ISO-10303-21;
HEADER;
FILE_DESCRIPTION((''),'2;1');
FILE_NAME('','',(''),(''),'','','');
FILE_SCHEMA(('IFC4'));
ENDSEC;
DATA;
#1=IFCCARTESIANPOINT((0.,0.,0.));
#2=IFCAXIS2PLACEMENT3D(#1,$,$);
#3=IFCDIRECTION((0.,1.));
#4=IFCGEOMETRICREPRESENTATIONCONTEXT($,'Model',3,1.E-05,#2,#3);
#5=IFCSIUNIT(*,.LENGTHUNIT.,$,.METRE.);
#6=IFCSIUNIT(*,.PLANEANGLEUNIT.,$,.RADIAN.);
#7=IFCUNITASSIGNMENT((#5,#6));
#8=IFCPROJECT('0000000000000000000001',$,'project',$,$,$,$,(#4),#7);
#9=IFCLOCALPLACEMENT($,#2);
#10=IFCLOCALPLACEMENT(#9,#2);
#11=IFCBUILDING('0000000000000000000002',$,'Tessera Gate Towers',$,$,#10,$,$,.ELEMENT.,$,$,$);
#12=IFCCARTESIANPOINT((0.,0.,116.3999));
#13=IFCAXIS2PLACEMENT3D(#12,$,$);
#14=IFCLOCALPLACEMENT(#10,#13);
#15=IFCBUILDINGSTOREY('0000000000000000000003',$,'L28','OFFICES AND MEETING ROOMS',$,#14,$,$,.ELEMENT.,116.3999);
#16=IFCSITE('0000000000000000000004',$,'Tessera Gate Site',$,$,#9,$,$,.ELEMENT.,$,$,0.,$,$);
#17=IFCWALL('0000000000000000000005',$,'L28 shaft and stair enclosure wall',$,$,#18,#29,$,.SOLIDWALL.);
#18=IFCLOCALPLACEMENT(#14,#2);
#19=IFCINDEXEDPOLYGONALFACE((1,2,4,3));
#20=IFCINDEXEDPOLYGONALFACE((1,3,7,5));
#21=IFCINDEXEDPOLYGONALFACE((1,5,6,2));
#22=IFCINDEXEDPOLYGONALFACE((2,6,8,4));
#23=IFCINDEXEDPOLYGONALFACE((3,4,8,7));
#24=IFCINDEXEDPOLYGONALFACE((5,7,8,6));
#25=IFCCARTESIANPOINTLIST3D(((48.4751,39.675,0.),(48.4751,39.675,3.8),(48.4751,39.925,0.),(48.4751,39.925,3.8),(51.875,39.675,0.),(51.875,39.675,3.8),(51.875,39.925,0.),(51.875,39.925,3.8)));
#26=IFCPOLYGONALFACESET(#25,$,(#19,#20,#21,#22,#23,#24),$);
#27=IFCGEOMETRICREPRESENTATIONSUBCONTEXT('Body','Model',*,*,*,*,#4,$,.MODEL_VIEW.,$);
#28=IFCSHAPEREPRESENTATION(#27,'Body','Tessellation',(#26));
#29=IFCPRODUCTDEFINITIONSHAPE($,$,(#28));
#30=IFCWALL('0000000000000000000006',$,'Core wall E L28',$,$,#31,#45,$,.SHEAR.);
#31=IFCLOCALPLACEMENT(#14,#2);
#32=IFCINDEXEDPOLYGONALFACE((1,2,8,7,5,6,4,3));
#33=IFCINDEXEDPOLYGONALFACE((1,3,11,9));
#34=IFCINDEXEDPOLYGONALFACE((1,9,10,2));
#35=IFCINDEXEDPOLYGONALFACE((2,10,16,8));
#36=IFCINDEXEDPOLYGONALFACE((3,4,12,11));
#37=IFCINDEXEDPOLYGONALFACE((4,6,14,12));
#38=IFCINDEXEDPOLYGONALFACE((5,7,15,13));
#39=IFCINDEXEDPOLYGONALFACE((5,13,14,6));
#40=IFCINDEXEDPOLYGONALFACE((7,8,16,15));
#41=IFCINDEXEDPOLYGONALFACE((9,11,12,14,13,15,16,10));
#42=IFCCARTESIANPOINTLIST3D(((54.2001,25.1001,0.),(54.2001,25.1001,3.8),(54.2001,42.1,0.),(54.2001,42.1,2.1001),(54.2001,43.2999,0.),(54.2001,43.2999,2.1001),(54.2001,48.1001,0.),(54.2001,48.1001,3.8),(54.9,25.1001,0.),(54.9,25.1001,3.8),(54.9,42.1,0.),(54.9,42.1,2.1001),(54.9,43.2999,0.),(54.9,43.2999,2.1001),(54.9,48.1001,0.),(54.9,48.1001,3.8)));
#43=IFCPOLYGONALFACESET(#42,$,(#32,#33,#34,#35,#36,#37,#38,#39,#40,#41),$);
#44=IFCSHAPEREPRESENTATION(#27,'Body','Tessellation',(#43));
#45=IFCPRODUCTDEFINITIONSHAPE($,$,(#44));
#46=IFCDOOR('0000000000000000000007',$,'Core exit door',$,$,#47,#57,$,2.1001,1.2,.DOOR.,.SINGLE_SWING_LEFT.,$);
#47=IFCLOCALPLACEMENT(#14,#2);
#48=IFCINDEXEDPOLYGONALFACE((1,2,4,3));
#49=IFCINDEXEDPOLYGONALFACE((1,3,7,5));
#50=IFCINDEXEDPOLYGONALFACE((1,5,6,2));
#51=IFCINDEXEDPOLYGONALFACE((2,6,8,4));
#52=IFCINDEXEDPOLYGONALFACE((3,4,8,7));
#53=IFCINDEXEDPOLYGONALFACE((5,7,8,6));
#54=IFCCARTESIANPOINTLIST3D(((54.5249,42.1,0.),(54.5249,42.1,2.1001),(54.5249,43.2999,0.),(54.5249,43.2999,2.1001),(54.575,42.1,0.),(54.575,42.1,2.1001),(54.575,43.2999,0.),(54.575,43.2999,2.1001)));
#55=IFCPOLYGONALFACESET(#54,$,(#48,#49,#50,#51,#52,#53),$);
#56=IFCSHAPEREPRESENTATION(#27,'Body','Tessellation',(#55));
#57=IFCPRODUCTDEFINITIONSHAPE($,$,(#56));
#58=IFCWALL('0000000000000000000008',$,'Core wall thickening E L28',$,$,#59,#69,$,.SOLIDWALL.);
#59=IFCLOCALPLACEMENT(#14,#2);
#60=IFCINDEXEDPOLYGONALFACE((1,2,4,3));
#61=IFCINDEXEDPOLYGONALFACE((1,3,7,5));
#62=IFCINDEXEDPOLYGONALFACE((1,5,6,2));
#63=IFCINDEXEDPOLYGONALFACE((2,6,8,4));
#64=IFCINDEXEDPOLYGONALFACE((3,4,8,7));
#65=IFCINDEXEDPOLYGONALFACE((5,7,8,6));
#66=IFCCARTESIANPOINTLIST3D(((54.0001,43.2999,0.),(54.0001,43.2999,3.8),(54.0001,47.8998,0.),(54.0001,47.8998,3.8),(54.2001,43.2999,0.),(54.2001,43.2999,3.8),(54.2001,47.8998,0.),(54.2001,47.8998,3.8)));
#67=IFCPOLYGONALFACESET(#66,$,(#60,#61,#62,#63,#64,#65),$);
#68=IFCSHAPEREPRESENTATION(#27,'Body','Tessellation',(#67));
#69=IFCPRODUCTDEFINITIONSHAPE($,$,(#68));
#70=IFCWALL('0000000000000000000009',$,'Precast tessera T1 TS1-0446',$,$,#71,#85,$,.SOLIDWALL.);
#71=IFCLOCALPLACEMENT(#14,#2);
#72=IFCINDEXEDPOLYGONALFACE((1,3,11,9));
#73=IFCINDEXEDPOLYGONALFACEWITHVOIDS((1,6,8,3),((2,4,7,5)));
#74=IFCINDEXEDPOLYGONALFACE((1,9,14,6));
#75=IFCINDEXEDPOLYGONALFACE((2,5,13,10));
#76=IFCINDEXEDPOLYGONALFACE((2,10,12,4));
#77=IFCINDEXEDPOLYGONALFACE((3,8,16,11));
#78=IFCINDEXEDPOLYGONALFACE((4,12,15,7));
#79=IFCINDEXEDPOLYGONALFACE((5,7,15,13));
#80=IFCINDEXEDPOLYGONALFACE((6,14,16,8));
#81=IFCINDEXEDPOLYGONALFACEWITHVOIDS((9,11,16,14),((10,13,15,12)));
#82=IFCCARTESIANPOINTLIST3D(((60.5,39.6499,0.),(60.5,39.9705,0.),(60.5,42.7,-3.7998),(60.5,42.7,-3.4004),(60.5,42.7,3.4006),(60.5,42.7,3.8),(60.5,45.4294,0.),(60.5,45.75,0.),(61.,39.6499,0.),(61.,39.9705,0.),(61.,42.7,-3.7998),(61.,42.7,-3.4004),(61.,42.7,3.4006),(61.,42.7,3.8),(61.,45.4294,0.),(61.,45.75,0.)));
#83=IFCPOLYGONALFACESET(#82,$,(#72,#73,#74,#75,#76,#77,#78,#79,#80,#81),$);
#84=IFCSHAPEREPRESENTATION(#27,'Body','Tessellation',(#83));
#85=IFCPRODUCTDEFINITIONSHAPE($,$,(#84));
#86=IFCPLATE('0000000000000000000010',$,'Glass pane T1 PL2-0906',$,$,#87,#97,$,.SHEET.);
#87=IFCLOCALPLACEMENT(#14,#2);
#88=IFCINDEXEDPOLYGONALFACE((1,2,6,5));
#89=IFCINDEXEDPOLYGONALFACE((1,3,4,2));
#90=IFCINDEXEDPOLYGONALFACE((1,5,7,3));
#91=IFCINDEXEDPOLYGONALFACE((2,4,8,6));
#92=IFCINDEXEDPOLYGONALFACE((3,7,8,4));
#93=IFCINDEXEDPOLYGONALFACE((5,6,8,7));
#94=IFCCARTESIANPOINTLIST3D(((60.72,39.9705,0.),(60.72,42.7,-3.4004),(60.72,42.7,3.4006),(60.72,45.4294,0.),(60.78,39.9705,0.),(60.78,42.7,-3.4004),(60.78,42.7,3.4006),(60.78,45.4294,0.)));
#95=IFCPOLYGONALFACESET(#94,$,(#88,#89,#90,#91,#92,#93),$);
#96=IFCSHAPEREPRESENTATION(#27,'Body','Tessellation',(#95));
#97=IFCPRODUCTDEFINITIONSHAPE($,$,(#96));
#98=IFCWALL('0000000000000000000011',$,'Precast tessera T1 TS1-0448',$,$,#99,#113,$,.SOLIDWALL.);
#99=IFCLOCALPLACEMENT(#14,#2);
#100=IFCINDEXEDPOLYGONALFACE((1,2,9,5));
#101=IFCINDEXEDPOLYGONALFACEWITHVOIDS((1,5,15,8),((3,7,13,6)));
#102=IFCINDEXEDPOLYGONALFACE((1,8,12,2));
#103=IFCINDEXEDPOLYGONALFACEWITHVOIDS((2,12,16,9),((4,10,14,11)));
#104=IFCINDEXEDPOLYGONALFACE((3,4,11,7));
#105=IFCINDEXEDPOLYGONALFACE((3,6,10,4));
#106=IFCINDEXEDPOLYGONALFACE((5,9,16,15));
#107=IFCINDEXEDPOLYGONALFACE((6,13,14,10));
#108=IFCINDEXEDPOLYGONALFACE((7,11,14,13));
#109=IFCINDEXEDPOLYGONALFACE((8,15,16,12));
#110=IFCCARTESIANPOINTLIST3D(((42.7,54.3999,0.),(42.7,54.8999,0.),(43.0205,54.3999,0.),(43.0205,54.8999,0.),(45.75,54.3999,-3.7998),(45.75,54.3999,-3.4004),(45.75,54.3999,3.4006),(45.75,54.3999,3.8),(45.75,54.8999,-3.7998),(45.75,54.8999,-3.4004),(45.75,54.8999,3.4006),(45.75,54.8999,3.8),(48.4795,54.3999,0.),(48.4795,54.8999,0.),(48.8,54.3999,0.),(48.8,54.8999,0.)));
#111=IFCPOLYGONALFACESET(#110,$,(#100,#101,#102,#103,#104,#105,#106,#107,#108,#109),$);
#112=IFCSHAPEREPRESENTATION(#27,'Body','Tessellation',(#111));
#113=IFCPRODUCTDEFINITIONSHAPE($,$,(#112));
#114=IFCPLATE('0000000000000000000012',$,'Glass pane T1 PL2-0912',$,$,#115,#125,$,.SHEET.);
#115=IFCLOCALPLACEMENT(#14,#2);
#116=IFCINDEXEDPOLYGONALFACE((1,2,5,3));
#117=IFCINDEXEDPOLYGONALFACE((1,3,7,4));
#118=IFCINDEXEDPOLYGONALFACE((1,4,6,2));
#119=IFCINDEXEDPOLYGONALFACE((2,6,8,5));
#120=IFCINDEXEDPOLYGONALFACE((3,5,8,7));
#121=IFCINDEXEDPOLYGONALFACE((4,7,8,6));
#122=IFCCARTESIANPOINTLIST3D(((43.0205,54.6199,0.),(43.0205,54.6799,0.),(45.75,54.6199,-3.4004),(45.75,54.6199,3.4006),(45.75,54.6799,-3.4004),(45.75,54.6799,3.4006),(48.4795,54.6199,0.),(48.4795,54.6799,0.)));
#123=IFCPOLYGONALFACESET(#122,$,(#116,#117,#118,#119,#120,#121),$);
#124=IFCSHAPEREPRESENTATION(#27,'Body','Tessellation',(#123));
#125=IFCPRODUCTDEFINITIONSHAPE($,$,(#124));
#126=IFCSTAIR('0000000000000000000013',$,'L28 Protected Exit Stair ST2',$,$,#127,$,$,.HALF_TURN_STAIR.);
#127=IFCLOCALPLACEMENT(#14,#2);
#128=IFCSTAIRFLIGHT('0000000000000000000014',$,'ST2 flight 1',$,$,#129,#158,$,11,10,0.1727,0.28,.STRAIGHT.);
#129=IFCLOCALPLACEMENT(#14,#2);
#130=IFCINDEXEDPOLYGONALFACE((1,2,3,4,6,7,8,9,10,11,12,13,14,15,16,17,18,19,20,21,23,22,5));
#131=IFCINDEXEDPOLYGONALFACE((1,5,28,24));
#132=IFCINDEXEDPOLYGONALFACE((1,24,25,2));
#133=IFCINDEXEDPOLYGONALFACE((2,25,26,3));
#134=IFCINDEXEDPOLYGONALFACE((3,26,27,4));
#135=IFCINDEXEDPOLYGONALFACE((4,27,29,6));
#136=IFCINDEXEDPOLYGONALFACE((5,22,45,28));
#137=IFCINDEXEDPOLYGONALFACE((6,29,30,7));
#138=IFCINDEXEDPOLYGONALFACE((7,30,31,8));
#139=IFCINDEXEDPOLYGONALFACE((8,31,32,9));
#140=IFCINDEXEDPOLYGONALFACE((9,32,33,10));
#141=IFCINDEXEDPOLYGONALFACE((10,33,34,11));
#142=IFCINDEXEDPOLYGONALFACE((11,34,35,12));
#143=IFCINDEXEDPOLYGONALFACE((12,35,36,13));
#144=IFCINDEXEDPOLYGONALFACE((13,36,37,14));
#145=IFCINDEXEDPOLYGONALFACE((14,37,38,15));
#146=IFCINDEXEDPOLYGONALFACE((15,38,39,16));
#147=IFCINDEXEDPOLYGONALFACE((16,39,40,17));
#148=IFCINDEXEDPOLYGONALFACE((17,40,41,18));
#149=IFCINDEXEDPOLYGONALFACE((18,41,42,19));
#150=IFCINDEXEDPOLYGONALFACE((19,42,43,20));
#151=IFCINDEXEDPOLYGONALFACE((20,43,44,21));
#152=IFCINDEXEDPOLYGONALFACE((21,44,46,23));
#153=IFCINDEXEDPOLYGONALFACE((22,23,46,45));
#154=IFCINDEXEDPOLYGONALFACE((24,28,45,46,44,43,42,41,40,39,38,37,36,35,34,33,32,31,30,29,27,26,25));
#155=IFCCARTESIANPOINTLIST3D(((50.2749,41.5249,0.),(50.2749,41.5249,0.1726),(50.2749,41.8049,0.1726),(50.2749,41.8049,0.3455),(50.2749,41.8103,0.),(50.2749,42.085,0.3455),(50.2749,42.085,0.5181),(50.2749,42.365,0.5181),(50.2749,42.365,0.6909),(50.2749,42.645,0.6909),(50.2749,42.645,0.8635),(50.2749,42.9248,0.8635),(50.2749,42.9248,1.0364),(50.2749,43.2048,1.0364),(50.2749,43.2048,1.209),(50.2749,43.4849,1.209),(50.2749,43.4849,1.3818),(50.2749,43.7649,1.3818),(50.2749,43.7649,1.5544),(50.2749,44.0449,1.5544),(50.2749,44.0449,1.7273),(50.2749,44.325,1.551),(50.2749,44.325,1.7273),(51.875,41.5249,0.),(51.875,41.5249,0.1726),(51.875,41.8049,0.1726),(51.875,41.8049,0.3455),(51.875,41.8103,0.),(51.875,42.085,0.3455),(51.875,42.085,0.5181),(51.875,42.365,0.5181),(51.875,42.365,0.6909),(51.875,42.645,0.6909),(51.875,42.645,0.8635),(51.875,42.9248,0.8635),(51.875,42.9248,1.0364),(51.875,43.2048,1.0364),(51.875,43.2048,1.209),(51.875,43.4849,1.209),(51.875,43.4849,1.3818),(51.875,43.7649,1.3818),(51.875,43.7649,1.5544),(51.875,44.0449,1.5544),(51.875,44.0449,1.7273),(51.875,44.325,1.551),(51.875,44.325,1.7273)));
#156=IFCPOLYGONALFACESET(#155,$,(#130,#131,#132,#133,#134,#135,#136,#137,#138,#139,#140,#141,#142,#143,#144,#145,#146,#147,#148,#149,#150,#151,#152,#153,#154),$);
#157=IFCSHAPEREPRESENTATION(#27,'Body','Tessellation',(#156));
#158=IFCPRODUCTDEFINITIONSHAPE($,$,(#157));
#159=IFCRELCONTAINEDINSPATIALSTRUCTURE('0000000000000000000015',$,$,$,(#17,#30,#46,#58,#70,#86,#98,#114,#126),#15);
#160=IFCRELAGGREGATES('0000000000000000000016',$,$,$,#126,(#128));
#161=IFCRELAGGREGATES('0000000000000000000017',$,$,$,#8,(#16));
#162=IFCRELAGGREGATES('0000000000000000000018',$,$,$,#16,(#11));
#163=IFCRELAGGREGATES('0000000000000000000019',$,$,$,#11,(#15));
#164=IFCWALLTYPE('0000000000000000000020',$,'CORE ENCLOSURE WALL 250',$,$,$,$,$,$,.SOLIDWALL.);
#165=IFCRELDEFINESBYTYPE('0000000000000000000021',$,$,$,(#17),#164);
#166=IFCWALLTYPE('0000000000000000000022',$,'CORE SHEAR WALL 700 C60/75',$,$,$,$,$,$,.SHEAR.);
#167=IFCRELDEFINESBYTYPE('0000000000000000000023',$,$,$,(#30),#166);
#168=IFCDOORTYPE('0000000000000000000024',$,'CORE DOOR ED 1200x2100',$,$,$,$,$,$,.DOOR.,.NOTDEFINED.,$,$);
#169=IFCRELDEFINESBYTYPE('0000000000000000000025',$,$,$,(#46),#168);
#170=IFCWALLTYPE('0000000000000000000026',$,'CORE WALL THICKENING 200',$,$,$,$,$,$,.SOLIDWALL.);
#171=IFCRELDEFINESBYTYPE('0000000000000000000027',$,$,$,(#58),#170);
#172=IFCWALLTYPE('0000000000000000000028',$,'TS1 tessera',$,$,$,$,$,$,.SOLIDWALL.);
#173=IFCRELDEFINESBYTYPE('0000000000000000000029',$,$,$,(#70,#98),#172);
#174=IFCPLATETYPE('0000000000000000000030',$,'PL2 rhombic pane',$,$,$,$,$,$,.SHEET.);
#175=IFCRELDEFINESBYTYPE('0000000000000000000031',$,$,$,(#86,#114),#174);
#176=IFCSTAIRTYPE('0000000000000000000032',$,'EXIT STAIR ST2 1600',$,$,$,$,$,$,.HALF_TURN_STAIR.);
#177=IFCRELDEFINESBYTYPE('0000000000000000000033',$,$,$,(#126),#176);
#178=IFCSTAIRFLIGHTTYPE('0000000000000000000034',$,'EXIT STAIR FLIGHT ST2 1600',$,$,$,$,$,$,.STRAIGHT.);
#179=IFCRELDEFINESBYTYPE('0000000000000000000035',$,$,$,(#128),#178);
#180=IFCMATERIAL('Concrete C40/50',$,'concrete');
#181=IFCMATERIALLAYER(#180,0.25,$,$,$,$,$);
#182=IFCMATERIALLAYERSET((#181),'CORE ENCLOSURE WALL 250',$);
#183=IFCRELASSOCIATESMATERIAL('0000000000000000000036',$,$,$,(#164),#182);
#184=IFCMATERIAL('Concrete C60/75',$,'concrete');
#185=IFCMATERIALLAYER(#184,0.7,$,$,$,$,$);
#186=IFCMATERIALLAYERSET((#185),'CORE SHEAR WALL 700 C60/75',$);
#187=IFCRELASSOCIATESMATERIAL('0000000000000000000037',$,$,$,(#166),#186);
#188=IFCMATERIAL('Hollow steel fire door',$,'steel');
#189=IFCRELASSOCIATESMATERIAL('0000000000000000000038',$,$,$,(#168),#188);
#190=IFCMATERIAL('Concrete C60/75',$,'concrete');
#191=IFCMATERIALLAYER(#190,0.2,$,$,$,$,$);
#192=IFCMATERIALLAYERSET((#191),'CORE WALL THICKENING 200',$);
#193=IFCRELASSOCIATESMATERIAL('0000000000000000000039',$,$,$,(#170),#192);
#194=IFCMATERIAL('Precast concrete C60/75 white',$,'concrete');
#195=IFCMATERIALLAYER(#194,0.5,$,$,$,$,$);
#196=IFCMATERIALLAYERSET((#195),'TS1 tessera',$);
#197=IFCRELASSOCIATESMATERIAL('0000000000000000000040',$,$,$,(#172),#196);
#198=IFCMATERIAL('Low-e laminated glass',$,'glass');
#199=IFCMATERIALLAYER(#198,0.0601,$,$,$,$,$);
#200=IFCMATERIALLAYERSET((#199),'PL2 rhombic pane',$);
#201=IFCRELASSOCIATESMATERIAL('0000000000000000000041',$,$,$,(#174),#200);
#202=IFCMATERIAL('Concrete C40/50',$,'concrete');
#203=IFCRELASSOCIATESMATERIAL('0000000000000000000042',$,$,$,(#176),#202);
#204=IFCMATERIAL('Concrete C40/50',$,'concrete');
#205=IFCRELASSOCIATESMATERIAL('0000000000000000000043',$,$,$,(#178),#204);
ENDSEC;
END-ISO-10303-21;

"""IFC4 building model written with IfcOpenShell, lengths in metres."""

from ifc_helpers import new_model, si_unit, direction, frame, frame_2d, origin, place, context, subcontext, project, spatial, polyline, rectangle, outline, extrude, source, transform, mapped, material, layer, layer_set, type_object, element, fill, aggregate, save


model = new_model("IFC4")

# Units and contexts
model_context = context("Model", 3, precision=1e-05, world=origin(), true_north=direction((0.0, 1.0)))
body_context = subcontext(model_context, "Body", "Model", "MODEL_VIEW")
ifc_project = project(units=[si_unit("LENGTHUNIT", "METRE"), si_unit("PLANEANGLEUNIT", "RADIAN")], contexts=[model_context])

# Site, building, storey
site_placement = place(None, origin())
site = spatial("IfcSite", under=ifc_project, at=site_placement, Name="Tessera Gate Site", CompositionType="ELEMENT", RefElevation=0.0)
building_placement = place(site_placement, origin())
building = spatial("IfcBuilding", under=site, at=building_placement, Name="Tessera Gate Towers", CompositionType="ELEMENT")
storey_placement = place(building_placement, frame((0.0, 0.0, 116.3999)))
storey = spatial("IfcBuildingStorey", under=building, at=storey_placement, Name="L28", Description="OFFICES AND MEETING ROOMS", CompositionType="ELEMENT", Elevation=116.3999)

# Shared definitions
ifc_material_1 = material(Name="Concrete C40/50", Category="concrete")
ifc_layer_1 = layer(ifc_material_1, 0.25)
ifc_layer_set_1 = layer_set([ifc_layer_1], Name="CORE ENCLOSURE WALL 250")
wall_type_1 = type_object("IfcWallType", Name="CORE ENCLOSURE WALL 250", PredefinedType="SOLIDWALL", material=ifc_layer_set_1)
shared_shape_1 = source(origin(), body_context, "Body", "SweptSolid", [
    extrude(rectangle(XDim=1.2, YDim=2.1001, at=frame_2d((0.6001, 1.05))), frame((0.0, 0.0249, 0.0), z_axis=(0.0, -1.0, 0.0), x_axis=(1.0, 0.0, 0.0)), (0.0, 0.0, 1.0), 0.05),
])

# Wall
wall_1_placement = place(storey_placement, frame((48.4751, 39.8, 0.0), z_axis=(0.0, 0.0, 1.0), x_axis=(1.0, 0.0, 0.0)))
element("IfcWall", 1, at=wall_1_placement, inside=storey, type_object=wall_type_1, Name="L28 shaft and stair enclosure wall", PredefinedType="SOLIDWALL", context=body_context, shape_type="SweptSolid", body=[
    extrude(rectangle(XDim=3.3999, YDim=0.25, at=frame_2d((1.7, 0.0))), origin(), (0.0, 0.0, 1.0), 3.8),
])

# Wall, opening, door
ifc_material_2 = material(Name="Concrete C60/75", Category="concrete")
ifc_layer_2 = layer(ifc_material_2, 0.7)
ifc_layer_set_2 = layer_set([ifc_layer_2], Name="CORE SHEAR WALL 700 C60/75")
wall_type_2 = type_object("IfcWallType", Name="CORE SHEAR WALL 700 C60/75", PredefinedType="SHEAR", material=ifc_layer_set_2)
wall_2_placement = place(storey_placement, frame((54.55, 48.1001, 0.0), z_axis=(0.0, 0.0, 1.0), x_axis=(0.0, -1.0, 0.0)))
wall_2 = element("IfcWall", 2, at=wall_2_placement, inside=storey, type_object=wall_type_2, Name="Core wall E L28", PredefinedType="SHEAR", context=body_context, shape_type="SweptSolid", body=[
    extrude(rectangle(XDim=23.0, YDim=0.7, at=frame_2d((11.5, 0.0))), origin(), (0.0, 0.0, 1.0), 3.8),
])
shared_shape_2 = source(origin(), body_context, "Body", "SweptSolid", [
    extrude(rectangle(XDim=1.2, YDim=2.1001, at=frame_2d((0.6001, 1.05))), frame((0.0, 0.3599, 0.0), z_axis=(0.0, -1.0, 0.0), x_axis=(1.0, 0.0, 0.0)), (0.0, 0.0, 1.0), 0.72),
])
opening_1_placement = place(wall_2_placement, frame((4.8, 0.0, 0.0)))
opening_1 = element("IfcOpeningElement", 3, at=opening_1_placement, cuts=wall_2, PredefinedType="OPENING", context=body_context, shape_type="MappedRepresentation", body=[
    mapped(shared_shape_2, transform((0.0, 0.0, 0.0), scale=1.0)),
])
ifc_material_3 = material(Name="Hollow steel fire door", Category="steel")
door_type_1 = type_object("IfcDoorType", Name="CORE DOOR ED 1200x2100", OperationType="NOTDEFINED", PredefinedType="DOOR", material=ifc_material_3)
door_1_placement = place(opening_1_placement, origin())
door_1 = element("IfcDoor", 4, at=door_1_placement, inside=storey, type_object=door_type_1, Name="Core exit door", OperationType="SINGLE_SWING_LEFT", OverallHeight=2.1001, OverallWidth=1.2, PredefinedType="DOOR", context=body_context, shape_type="MappedRepresentation", body=[
    mapped(shared_shape_1, transform((0.0, 0.0, 0.0), scale=1.0)),
])
fill(opening_1, door_1)

# Wall
ifc_material_4 = material(Name="Concrete C60/75", Category="concrete")
ifc_layer_3 = layer(ifc_material_4, 0.2)
ifc_layer_set_3 = layer_set([ifc_layer_3], Name="CORE WALL THICKENING 200")
wall_type_3 = type_object("IfcWallType", Name="CORE WALL THICKENING 200", PredefinedType="SOLIDWALL", material=ifc_layer_set_3)
wall_3_placement = place(storey_placement, frame((54.1001, 43.3, 0.0), z_axis=(0.0, 0.0, 1.0), x_axis=(0.0, 1.0, 0.0)))
element("IfcWall", 5, at=wall_3_placement, inside=storey, type_object=wall_type_3, Name="Core wall thickening E L28", PredefinedType="SOLIDWALL", context=body_context, shape_type="SweptSolid", body=[
    extrude(rectangle(XDim=4.5999, YDim=0.2, at=frame_2d((2.2998, 0.0))), origin(), (0.0, 0.0, 1.0), 3.8),
])

# Walls, openings, plates
ifc_material_5 = material(Name="Precast concrete C60/75 white", Category="concrete")
ifc_layer_4 = layer(ifc_material_5, 0.5)
ifc_layer_set_4 = layer_set([ifc_layer_4], Name="TS1 tessera")
wall_type_4 = type_object("IfcWallType", Name="TS1 tessera", PredefinedType="SOLIDWALL", material=ifc_layer_set_4)
shared_shape_3 = source(origin(), body_context, "Body", "SweptSolid", [
    extrude(outline(polyline([(3.05, 0.0), (6.1001, 3.7998), (3.05, 7.5999), (0.0, 3.7998), (3.05, 0.0)])), frame((0.0, 0.25, 0.0), z_axis=(0.0, -1.0, 0.0), x_axis=(1.0, 0.0, 0.0)), (0.0, 0.0, 1.0), 0.5),
])
wall_4_placement = place(storey_placement, frame((60.75, 39.6499, -3.7998), z_axis=(0.0, 0.0, 1.0), x_axis=(0.0, 1.0, 0.0)))
wall_4 = element("IfcWall", 6, at=wall_4_placement, inside=storey, type_object=wall_type_4, Name="Precast tessera T1 TS1-0446", PredefinedType="SOLIDWALL", context=body_context, shape_type="MappedRepresentation", body=[
    mapped(shared_shape_3, transform((0.0, 0.0, 0.0), scale=1.0)),
])
shared_shape_4 = source(origin(), body_context, "Body", "SweptSolid", [
    extrude(outline(polyline([(3.05, 0.3994), (5.7795, 3.7998), (3.05, 7.2004), (0.3206, 3.7998), (3.05, 0.3994)])), frame((0.0, 0.26, 0.0), z_axis=(0.0, -1.0, 0.0), x_axis=(1.0, 0.0, 0.0)), (0.0, 0.0, 1.0), 0.52),
])
opening_2_placement = place(wall_4_placement, origin())
opening_2 = element("IfcOpeningElement", 7, at=opening_2_placement, cuts=wall_4, PredefinedType="OPENING", context=body_context, shape_type="MappedRepresentation", body=[
    mapped(shared_shape_4, transform((0.0, 0.0, 0.0), scale=1.0)),
])
ifc_material_6 = material(Name="Low-e laminated glass", Category="glass")
ifc_layer_5 = layer(ifc_material_6, 0.0601)
ifc_layer_set_5 = layer_set([ifc_layer_5], Name="PL2 rhombic pane")
plate_type = type_object("IfcPlateType", Name="PL2 rhombic pane", PredefinedType="SHEET", material=ifc_layer_set_5)
shared_shape_5 = source(origin(), body_context, "Body", "SweptSolid", [
    extrude(outline(polyline([(3.05, 0.3994), (5.7795, 3.7998), (3.05, 7.2004), (0.3206, 3.7998), (3.05, 0.3994)])), frame((0.0, 0.03, 0.0), z_axis=(0.0, -1.0, 0.0), x_axis=(1.0, 0.0, 0.0)), (0.0, 0.0, 1.0), 0.0601),
])
plate_1_placement = place(opening_2_placement, origin())
plate_1 = element("IfcPlate", 8, at=plate_1_placement, inside=storey, type_object=plate_type, Name="Glass pane T1 PL2-0906", PredefinedType="SHEET", context=body_context, shape_type="MappedRepresentation", body=[
    mapped(shared_shape_5, transform((0.0, 0.0, 0.0), scale=1.0)),
])
fill(opening_2, plate_1)
wall_5_placement = place(storey_placement, frame((48.8, 54.6499, -3.7998), z_axis=(0.0, 0.0, 1.0), x_axis=(-1.0, 0.0, 0.0)))
wall_5 = element("IfcWall", 9, at=wall_5_placement, inside=storey, type_object=wall_type_4, Name="Precast tessera T1 TS1-0448", PredefinedType="SOLIDWALL", context=body_context, shape_type="MappedRepresentation", body=[
    mapped(shared_shape_3, transform((0.0, 0.0, 0.0), scale=1.0)),
])
opening_3_placement = place(wall_5_placement, origin())
opening_3 = element("IfcOpeningElement", 10, at=opening_3_placement, cuts=wall_5, PredefinedType="OPENING", context=body_context, shape_type="MappedRepresentation", body=[
    mapped(shared_shape_4, transform((0.0, 0.0, 0.0), scale=1.0)),
])
plate_2_placement = place(opening_3_placement, origin())
plate_2 = element("IfcPlate", 11, at=plate_2_placement, inside=storey, type_object=plate_type, Name="Glass pane T1 PL2-0912", PredefinedType="SHEET", context=body_context, shape_type="MappedRepresentation", body=[
    mapped(shared_shape_5, transform((0.0, 0.0, 0.0), scale=1.0)),
])
fill(opening_3, plate_2)

# Stair, stair flight
ifc_material_7 = material(Name="Concrete C40/50", Category="concrete")
stair_type = type_object("IfcStairType", Name="EXIT STAIR ST2 1600", PredefinedType="HALF_TURN_STAIR", material=ifc_material_7)
stair_placement = place(storey_placement, origin())
stair = element("IfcStair", 12, at=stair_placement, inside=storey, type_object=stair_type, Name="L28 Protected Exit Stair ST2", PredefinedType="HALF_TURN_STAIR")
ifc_material_8 = material(Name="Concrete C40/50", Category="concrete")
stair_flight_type = type_object("IfcStairFlightType", Name="EXIT STAIR FLIGHT ST2 1600", PredefinedType="STRAIGHT", material=ifc_material_8)
stair_flight_1_placement = place(storey_placement, frame((51.075, 41.5249, 0.0), z_axis=(0.0, 0.0, 1.0), x_axis=(0.0, 1.0, 0.0)))
stair_flight_1 = element("IfcStairFlight", 13, at=stair_flight_1_placement, type_object=stair_flight_type, Name="ST2 flight 1", NumberOfRisers=11, NumberOfTreads=10, PredefinedType="STRAIGHT", RiserHeight=0.1727, TreadLength=0.28, context=body_context, shape_type="SweptSolid", body=[
    extrude(outline(polyline([(0.0, 0.0), (0.0, 0.1726), (0.28, 0.1726), (0.28, 0.3455), (0.5601, 0.3455), (0.5601, 0.5181), (0.8401, 0.5181), (0.8401, 0.6909), (1.1201, 0.6909), (1.1201, 0.8635), (1.3999, 0.8635), (1.3999, 1.0364), (1.6799, 1.0364), (1.6799, 1.209), (1.96, 1.209), (1.96, 1.3818), (2.24, 1.3818), (2.24, 1.5544), (2.52, 1.5544), (2.52, 1.7273), (2.8, 1.7273), (2.8, 1.8999), (2.8, 1.551), (0.2854, 0.0), (0.0, 0.0)])), frame((0.0, 0.8, 0.0), z_axis=(0.0, -1.0, 0.0), x_axis=(1.0, 0.0, 0.0)), (0.0, 0.0, 1.0), 1.6001),
])
aggregate(stair, [stair_flight_1])

save(model, "model.ifc")
